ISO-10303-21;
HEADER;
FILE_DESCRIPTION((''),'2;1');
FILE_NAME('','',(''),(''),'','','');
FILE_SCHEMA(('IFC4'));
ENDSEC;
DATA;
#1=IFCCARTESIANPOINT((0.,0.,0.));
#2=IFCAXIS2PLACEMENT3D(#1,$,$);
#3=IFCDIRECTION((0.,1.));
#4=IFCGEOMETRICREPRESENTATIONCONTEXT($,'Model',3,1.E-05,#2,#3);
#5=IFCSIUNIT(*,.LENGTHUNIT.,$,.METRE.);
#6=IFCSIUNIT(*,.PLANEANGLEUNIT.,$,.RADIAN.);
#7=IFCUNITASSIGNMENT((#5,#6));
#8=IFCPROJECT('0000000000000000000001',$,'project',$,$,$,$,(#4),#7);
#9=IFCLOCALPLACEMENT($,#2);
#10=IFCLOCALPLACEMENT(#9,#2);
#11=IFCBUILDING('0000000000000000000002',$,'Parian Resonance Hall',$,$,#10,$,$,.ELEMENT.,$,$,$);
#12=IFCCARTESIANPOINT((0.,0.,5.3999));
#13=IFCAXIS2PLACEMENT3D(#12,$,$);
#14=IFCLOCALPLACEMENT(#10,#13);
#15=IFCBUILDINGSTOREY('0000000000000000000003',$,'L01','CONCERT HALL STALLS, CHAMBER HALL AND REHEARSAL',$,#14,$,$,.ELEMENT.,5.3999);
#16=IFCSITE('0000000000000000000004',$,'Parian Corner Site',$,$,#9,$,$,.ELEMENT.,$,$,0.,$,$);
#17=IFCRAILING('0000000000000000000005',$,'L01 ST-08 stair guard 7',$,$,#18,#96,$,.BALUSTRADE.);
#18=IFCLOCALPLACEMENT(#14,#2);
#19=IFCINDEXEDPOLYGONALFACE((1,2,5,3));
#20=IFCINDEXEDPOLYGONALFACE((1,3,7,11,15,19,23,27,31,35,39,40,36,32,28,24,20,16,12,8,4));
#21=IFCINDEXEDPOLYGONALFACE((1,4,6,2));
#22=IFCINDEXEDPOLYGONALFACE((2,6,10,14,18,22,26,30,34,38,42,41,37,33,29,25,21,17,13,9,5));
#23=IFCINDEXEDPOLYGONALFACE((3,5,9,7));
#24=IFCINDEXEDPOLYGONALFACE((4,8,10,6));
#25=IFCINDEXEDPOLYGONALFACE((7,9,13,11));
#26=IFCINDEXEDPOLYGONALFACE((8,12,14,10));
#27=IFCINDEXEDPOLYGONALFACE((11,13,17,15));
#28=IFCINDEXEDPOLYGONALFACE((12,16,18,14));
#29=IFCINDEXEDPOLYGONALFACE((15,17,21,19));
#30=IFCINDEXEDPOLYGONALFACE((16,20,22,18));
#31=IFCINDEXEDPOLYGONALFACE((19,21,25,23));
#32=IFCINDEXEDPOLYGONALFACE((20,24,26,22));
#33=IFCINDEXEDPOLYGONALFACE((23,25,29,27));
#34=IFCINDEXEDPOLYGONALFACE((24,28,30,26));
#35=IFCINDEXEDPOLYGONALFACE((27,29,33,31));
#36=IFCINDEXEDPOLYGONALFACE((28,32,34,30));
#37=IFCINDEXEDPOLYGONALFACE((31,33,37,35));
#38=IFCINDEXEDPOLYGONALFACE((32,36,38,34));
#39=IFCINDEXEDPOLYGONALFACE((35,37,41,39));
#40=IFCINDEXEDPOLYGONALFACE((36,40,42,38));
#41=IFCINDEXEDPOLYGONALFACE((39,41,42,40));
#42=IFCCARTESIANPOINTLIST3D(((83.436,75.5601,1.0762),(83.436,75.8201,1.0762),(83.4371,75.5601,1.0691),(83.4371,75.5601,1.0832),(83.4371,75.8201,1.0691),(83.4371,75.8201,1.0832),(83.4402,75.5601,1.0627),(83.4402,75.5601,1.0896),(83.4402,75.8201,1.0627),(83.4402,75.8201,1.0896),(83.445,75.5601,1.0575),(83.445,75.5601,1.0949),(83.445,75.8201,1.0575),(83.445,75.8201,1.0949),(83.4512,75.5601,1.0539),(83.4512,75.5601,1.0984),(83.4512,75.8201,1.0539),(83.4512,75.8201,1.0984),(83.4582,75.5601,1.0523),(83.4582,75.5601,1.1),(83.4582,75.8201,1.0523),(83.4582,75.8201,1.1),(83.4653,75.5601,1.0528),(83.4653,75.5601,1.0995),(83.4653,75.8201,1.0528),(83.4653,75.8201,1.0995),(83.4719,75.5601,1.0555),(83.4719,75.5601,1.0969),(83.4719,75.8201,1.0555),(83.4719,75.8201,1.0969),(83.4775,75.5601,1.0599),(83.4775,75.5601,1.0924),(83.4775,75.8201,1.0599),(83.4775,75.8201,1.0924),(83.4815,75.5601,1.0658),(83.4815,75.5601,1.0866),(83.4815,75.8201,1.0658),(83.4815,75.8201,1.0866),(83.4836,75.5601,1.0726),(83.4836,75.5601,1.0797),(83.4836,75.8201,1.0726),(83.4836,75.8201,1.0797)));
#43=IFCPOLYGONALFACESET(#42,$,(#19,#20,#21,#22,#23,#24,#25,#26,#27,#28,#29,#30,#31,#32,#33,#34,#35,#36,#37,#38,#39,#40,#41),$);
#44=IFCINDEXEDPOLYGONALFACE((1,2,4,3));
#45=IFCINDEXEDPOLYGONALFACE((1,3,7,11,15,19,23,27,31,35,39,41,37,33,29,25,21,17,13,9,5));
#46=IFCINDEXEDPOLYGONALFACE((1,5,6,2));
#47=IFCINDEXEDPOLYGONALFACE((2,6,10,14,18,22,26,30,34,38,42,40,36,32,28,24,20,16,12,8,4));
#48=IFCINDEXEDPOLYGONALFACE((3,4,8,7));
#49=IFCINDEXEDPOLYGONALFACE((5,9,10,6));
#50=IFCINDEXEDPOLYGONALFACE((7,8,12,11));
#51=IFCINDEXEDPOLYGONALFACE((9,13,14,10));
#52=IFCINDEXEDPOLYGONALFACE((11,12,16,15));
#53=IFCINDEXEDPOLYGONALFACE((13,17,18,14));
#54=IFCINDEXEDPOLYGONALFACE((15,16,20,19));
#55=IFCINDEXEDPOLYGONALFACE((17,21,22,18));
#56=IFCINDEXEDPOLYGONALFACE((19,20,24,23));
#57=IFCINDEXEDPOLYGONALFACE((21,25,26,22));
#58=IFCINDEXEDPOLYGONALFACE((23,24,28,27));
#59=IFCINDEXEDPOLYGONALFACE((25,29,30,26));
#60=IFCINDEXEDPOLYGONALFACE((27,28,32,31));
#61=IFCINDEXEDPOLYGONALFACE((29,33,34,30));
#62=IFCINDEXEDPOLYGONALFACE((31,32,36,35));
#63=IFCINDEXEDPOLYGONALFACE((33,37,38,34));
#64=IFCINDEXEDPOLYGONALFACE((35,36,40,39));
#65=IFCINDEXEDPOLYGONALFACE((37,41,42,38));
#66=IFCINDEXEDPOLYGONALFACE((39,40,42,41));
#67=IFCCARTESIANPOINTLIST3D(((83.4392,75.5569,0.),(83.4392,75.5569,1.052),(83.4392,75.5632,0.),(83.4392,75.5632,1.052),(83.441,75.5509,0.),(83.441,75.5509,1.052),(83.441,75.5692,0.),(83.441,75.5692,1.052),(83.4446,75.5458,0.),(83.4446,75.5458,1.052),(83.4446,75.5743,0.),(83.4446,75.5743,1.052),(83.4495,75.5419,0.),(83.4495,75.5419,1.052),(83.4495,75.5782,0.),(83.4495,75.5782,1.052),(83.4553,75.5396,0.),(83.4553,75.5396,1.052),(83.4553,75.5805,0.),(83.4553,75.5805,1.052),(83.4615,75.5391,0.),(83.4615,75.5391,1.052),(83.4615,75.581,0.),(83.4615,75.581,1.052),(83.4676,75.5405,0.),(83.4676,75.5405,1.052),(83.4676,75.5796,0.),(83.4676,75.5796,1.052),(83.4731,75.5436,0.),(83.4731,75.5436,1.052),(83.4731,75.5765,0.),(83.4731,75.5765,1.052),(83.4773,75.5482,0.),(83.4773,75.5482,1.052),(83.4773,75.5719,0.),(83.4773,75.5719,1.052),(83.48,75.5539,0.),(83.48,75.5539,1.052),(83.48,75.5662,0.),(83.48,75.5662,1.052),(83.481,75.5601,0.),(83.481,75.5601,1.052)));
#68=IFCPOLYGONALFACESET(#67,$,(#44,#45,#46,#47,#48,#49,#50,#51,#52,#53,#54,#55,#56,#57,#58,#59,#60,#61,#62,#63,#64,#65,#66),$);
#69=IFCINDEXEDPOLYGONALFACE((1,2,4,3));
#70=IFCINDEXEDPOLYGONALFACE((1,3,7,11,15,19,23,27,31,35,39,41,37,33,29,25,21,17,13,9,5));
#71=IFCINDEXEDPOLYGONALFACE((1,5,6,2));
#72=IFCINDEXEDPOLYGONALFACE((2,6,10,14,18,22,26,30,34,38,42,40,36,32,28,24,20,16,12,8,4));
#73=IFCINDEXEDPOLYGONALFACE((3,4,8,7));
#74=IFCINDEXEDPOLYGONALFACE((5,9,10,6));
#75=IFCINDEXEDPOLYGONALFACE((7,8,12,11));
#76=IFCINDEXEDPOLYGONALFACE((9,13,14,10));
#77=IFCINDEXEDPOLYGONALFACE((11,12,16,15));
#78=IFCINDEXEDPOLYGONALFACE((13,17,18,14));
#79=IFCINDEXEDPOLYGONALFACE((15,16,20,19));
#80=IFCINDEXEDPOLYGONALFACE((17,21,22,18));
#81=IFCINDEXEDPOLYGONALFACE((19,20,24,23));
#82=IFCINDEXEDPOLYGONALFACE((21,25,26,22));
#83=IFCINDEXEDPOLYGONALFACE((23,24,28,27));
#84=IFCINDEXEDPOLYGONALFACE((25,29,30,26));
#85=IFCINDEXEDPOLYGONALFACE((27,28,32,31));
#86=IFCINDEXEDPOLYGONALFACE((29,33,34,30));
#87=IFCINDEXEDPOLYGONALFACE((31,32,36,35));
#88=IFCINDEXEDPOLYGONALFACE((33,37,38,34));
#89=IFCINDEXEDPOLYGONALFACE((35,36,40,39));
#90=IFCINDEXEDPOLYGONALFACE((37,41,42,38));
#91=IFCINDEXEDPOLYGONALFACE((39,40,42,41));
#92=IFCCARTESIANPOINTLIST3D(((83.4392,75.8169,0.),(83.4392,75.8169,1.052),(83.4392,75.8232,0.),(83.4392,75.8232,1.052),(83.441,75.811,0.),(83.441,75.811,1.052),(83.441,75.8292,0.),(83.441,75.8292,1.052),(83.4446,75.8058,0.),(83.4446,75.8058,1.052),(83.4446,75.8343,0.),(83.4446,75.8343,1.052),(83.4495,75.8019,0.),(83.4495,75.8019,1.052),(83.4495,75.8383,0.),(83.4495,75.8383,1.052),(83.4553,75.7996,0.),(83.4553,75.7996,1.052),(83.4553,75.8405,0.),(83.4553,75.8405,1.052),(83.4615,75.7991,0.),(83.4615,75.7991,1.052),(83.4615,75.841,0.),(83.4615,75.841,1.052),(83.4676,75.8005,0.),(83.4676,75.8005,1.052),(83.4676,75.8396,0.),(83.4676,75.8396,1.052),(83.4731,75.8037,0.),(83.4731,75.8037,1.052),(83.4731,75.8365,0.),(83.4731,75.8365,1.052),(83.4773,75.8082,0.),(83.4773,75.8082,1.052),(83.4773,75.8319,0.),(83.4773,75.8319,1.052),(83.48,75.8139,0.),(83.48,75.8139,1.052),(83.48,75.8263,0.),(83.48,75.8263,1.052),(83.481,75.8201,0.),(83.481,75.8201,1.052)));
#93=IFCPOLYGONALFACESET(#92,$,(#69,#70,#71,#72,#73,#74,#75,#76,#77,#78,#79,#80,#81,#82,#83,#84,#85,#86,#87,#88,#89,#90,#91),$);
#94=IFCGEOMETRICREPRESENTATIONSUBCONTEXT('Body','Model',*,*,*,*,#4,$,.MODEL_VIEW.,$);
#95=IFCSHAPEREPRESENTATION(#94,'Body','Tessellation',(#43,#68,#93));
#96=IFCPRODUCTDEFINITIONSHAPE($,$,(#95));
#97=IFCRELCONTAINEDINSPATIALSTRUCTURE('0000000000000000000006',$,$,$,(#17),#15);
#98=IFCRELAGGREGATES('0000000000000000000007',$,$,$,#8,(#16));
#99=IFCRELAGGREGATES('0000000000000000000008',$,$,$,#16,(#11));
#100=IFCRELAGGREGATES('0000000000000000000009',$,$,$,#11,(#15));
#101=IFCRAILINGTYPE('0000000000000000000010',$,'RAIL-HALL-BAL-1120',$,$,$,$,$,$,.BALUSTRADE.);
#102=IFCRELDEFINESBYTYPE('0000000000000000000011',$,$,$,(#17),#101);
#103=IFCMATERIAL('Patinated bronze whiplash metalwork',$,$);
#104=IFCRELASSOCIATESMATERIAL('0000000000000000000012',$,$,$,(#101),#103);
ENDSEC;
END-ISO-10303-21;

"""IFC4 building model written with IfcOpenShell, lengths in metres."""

from ifc_helpers import new_model, si_unit, direction, frame, origin, origin_2d, place, context, subcontext, project, spatial, circle, extrude, material, type_object, element, save


model = new_model("IFC4")

# Units and contexts
model_context = context("Model", 3, precision=1e-05, world=origin(), true_north=direction((0.0, 1.0)))
body_context = subcontext(model_context, "Body", "Model", "MODEL_VIEW")
ifc_project = project(units=[si_unit("LENGTHUNIT", "METRE"), si_unit("PLANEANGLEUNIT", "RADIAN")], contexts=[model_context])

# Site, building, storey
site_placement = place(None, origin())
site = spatial("IfcSite", under=ifc_project, at=site_placement, Name="Parian Corner Site", CompositionType="ELEMENT", RefElevation=0.0)
building_placement = place(site_placement, origin())
building = spatial("IfcBuilding", under=site, at=building_placement, Name="Parian Resonance Hall", CompositionType="ELEMENT")
storey_placement = place(building_placement, frame((0.0, 0.0, 5.3999)))
storey = spatial("IfcBuildingStorey", under=building, at=storey_placement, Name="L01", Description="CONCERT HALL STALLS, CHAMBER HALL AND REHEARSAL", CompositionType="ELEMENT", Elevation=5.3999)

# Railing
ifc_material_1 = material(Name="Patinated bronze whiplash metalwork")
railing_type_1 = type_object("IfcRailingType", Name="RAIL-HALL-BAL-1120", PredefinedType="BALUSTRADE", material=ifc_material_1)
railing_1_placement = place(storey_placement, frame((83.46, 75.5601, 0.0)))
element("IfcRailing", 1, at=railing_1_placement, inside=storey, type_object=railing_type_1, Name="L01 ST-08 stair guard 7", PredefinedType="BALUSTRADE", context=body_context, shape_type="SweptSolid", body=[
    extrude(circle(Radius=0.0239, at=origin_2d()), frame((0.0, 0.0, 1.0762), z_axis=(0.0, 1.0, 0.0), x_axis=(-1.0, 0.0, 0.0)), (0.0, 0.0, 1.0), 0.26),
    extrude(circle(Radius=0.021, at=origin_2d()), origin(), (0.0, 0.0, 1.0), 1.052),
    extrude(circle(Radius=0.021, at=origin_2d()), frame((0.0, 0.26, 0.0)), (0.0, 0.0, 1.0), 1.052),
])

save(model, "model.ifc")
